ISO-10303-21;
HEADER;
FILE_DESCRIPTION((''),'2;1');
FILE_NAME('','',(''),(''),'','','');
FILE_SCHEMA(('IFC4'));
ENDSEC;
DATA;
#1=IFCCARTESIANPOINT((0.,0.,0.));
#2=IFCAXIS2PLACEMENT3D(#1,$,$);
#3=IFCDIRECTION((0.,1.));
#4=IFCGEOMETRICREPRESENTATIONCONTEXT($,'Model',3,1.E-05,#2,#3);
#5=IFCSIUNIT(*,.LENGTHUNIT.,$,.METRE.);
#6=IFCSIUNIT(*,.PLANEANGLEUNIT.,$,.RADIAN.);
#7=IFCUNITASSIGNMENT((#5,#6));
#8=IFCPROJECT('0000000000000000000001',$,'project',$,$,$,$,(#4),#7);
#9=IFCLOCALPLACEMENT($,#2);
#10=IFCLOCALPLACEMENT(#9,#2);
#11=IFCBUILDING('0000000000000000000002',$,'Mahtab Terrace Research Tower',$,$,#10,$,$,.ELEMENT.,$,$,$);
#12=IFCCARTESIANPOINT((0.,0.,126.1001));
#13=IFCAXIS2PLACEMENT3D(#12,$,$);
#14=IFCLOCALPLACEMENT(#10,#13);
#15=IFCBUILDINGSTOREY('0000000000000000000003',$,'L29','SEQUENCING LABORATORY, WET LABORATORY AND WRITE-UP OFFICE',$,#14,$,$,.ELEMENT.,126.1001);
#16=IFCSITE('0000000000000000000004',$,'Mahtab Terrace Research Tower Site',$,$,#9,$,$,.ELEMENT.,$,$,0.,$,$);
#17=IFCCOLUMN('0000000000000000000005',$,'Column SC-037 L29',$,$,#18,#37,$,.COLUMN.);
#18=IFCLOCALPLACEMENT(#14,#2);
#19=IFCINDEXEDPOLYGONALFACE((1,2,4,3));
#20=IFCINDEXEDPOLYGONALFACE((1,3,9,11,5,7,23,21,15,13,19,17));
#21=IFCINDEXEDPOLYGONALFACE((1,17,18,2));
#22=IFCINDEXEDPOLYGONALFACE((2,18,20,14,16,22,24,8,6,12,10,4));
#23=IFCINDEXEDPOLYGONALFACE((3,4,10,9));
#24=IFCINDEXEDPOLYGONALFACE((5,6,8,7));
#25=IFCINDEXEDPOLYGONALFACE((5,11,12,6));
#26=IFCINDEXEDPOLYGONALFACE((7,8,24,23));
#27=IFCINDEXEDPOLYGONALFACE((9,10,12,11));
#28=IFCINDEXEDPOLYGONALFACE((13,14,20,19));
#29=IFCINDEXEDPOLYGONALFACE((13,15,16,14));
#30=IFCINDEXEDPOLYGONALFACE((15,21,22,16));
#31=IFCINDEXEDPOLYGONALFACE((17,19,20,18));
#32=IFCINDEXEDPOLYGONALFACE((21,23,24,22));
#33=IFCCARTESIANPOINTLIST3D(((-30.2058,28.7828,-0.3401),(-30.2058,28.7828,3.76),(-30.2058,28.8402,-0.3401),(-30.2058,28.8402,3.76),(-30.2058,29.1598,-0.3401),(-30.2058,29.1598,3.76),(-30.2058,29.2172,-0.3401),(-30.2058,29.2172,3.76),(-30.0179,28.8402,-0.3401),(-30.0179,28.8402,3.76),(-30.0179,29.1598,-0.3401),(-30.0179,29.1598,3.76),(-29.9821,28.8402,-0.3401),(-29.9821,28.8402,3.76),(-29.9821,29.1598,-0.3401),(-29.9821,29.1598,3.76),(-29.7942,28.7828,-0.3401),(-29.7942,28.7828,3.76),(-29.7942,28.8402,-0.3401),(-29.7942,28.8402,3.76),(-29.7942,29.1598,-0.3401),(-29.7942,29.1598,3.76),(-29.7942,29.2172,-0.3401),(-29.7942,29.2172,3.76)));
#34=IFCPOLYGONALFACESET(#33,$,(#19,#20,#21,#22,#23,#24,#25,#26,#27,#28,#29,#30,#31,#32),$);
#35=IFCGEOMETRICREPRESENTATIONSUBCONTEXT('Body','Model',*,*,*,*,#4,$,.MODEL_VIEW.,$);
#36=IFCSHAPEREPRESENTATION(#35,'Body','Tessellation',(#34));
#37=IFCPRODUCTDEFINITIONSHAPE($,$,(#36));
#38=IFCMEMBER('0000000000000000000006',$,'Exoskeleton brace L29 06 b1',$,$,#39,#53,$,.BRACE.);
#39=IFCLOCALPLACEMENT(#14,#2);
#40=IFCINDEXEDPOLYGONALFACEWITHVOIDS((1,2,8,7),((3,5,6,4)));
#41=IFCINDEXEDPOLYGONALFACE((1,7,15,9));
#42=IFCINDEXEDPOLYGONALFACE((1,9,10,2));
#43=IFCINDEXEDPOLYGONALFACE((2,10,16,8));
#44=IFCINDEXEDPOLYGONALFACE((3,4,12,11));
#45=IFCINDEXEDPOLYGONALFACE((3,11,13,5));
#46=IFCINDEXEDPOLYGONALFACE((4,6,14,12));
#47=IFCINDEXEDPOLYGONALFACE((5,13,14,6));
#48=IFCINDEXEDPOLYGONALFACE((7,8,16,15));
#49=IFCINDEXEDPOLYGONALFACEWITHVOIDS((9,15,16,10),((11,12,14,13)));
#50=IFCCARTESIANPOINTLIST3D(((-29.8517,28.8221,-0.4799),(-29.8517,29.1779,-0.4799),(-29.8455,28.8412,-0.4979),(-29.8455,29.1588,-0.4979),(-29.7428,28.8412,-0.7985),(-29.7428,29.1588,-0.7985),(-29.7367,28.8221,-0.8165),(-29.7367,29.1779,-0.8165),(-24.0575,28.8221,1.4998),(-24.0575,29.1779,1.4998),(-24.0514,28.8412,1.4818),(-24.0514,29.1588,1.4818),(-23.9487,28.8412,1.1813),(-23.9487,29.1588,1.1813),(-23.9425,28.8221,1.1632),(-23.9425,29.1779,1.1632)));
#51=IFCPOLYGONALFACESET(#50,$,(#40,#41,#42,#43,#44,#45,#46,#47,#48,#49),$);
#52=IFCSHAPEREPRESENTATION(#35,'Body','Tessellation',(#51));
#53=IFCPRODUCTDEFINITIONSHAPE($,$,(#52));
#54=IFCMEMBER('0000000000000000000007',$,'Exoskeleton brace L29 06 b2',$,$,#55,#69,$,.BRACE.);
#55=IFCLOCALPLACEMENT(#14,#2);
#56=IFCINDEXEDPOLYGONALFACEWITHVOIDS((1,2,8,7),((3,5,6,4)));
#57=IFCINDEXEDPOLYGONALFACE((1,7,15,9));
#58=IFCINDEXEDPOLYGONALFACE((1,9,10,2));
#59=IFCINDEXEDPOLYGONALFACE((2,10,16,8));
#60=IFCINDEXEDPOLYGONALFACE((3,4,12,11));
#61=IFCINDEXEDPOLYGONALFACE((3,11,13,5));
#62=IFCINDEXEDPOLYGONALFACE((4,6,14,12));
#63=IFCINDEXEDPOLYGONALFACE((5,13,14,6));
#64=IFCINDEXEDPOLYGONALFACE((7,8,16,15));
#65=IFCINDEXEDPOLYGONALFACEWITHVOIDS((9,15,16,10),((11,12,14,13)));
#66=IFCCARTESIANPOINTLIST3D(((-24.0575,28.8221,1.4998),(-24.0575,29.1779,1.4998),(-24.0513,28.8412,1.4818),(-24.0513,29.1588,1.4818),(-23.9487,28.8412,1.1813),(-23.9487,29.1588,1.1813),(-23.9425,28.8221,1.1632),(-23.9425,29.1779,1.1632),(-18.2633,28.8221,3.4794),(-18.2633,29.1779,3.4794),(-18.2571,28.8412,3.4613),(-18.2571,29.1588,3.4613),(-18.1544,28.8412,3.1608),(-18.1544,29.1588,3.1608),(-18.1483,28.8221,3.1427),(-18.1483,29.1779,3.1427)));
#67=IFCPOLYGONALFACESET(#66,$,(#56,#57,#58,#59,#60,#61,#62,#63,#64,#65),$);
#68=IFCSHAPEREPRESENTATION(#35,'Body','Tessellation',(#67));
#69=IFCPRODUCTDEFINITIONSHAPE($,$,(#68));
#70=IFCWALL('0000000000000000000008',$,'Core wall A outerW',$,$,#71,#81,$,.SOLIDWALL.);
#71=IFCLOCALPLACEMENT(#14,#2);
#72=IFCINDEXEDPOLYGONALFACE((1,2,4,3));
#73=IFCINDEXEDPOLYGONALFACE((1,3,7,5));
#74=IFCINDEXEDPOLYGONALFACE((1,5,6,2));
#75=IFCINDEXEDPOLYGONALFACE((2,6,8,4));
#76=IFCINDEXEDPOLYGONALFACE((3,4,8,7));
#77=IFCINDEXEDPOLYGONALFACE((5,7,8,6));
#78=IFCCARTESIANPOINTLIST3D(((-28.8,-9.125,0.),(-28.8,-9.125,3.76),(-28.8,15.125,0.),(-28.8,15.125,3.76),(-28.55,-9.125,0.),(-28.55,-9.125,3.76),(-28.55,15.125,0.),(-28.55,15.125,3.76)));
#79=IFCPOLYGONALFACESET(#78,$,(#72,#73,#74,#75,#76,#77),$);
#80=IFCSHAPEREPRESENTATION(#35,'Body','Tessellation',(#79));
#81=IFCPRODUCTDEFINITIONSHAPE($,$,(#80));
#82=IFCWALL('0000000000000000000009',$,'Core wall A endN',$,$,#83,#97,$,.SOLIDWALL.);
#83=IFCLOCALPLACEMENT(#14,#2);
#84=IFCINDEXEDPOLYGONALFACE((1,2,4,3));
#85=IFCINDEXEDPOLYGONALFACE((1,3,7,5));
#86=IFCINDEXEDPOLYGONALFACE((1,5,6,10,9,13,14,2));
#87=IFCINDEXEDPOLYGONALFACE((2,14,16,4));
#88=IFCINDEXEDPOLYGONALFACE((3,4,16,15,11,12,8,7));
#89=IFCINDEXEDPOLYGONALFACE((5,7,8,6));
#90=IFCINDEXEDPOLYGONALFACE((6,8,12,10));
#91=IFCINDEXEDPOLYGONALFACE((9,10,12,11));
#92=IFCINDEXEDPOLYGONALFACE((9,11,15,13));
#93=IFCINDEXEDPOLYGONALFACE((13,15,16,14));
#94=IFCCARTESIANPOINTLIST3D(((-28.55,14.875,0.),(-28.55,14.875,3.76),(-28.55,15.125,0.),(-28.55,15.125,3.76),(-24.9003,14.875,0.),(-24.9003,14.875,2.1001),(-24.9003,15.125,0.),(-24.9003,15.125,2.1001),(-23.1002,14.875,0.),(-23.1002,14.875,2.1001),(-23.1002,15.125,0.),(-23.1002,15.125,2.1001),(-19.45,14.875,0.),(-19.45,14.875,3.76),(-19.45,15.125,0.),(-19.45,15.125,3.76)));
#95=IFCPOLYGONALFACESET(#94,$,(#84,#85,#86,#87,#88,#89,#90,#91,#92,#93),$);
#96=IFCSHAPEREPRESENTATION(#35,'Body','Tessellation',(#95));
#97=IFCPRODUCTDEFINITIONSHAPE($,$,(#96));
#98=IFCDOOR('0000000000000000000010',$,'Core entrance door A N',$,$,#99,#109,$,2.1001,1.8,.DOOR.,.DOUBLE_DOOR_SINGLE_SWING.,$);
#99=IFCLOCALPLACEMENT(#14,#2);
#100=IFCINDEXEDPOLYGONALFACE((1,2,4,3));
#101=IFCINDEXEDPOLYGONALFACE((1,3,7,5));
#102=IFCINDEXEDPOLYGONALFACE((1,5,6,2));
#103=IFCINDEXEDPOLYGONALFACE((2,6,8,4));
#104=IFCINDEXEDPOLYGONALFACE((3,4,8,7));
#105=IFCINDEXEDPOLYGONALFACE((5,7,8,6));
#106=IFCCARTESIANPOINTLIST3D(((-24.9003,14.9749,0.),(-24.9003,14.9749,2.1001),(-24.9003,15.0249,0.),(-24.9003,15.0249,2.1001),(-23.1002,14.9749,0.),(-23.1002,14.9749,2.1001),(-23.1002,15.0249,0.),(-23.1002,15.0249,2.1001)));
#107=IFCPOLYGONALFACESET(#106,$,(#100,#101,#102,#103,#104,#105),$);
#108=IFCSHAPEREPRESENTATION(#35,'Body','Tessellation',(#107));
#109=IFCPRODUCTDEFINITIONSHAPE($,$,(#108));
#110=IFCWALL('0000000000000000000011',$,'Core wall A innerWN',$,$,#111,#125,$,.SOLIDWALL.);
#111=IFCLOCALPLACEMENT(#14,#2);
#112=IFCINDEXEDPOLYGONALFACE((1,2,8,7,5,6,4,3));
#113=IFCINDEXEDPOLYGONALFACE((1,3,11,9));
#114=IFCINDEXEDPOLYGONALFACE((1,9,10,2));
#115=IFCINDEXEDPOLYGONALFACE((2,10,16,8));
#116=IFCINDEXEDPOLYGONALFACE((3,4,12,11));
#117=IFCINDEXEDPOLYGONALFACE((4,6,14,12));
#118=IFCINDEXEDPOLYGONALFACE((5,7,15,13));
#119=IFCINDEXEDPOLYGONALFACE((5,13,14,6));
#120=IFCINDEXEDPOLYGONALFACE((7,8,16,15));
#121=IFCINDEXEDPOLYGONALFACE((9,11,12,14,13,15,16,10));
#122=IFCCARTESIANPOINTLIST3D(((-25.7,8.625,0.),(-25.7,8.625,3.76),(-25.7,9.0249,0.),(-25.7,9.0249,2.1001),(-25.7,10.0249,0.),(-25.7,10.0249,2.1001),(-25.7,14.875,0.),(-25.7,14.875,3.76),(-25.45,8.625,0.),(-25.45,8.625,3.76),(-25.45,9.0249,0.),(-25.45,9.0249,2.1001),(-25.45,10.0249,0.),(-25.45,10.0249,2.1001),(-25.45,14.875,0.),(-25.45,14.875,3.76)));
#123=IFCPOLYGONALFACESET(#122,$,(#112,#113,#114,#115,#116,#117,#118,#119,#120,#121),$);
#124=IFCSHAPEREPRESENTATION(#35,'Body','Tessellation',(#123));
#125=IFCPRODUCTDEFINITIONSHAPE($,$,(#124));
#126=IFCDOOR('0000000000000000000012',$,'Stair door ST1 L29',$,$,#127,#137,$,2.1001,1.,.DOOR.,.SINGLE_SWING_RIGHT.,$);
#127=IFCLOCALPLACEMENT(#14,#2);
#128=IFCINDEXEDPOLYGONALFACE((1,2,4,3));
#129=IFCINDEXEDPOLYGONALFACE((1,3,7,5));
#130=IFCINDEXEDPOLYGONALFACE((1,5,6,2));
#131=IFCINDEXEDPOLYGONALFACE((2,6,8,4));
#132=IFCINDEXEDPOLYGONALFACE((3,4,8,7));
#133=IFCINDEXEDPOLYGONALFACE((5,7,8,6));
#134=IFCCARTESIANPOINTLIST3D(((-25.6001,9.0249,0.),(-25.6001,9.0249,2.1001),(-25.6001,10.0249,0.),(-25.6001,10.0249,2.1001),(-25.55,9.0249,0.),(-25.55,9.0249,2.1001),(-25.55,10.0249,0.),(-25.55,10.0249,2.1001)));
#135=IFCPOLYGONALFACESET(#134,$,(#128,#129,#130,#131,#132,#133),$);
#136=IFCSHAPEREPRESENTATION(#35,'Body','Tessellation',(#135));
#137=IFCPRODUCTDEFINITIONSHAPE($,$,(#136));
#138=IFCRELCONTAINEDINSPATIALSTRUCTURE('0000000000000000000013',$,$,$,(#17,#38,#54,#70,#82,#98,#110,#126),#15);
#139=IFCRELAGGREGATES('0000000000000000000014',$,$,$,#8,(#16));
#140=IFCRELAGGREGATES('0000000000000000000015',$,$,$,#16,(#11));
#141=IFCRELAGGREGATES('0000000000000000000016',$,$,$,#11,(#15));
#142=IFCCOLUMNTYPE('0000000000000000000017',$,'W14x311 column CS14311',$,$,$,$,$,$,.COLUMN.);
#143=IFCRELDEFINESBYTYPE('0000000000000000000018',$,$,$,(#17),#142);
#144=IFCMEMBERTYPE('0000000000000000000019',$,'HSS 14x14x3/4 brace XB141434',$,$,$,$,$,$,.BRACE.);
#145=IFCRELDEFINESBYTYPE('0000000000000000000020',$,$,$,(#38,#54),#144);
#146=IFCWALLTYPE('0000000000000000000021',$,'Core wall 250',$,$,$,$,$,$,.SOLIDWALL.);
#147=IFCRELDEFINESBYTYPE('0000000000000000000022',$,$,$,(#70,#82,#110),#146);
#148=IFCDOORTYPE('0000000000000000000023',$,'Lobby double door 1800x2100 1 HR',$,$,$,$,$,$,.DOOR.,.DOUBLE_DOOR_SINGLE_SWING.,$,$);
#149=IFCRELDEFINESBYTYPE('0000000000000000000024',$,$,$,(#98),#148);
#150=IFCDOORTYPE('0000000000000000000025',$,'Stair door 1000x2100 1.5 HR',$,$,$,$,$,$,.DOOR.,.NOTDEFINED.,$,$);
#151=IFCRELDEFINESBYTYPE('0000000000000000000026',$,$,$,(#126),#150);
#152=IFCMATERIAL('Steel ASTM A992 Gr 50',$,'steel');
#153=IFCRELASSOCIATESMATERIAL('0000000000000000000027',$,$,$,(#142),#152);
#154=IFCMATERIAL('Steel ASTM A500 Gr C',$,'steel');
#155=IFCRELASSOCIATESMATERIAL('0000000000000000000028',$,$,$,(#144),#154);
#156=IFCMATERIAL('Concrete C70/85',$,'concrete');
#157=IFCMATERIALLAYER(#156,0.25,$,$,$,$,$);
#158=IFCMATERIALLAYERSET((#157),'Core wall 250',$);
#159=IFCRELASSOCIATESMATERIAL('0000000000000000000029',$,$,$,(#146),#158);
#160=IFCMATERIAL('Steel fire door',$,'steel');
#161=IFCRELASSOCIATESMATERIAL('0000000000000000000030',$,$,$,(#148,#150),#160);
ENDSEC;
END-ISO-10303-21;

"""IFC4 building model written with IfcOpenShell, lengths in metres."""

from ifc_helpers import new_model, si_unit, direction, frame, frame_2d, origin, origin_2d, place, context, subcontext, project, spatial, rectangle, hollow_rectangle, i_section, extrude, material, layer, layer_set, material_profile, profile_set, type_object, element, fill, save


model = new_model("IFC4")

# Units and contexts
model_context = context("Model", 3, precision=1e-05, world=origin(), true_north=direction((0.0, 1.0)))
body_context = subcontext(model_context, "Body", "Model", "MODEL_VIEW")
ifc_project = project(units=[si_unit("LENGTHUNIT", "METRE"), si_unit("PLANEANGLEUNIT", "RADIAN")], contexts=[model_context])

# Site, building, storey
site_placement = place(None, origin())
site = spatial("IfcSite", under=ifc_project, at=site_placement, Name="Mahtab Terrace Research Tower Site", CompositionType="ELEMENT", RefElevation=0.0)
building_placement = place(site_placement, origin())
building = spatial("IfcBuilding", under=site, at=building_placement, Name="Mahtab Terrace Research Tower", CompositionType="ELEMENT")
storey_placement = place(building_placement, frame((0.0, 0.0, 126.1001)))
storey = spatial("IfcBuildingStorey", under=building, at=storey_placement, Name="L29", Description="SEQUENCING LABORATORY, WET LABORATORY AND WRITE-UP OFFICE", CompositionType="ELEMENT", Elevation=126.1001)

# Column
ifc_material_1 = material(Name="Steel ASTM A992 Gr 50", Category="steel")
ifc_material_profile_1 = material_profile(ifc_material_1, i_section(OverallWidth=0.4116, OverallDepth=0.4343, WebThickness=0.0359, FlangeThickness=0.0574, at=origin_2d()), Name="W14X311")
ifc_profile_set_1 = profile_set([ifc_material_profile_1], Name="Steel ASTM A992 Gr 50")
column_type = type_object("IfcColumnType", Name="W14x311 column CS14311", PredefinedType="COLUMN", material=ifc_profile_set_1)
column_placement = place(storey_placement, frame((-30.0, 29.0, -0.3401), z_axis=(0.0, 0.0, 1.0), x_axis=(1.0, 0.0, 0.0)))
element("IfcColumn", 1, at=column_placement, inside=storey, type_object=column_type, Name="Column SC-037 L29", PredefinedType="COLUMN", context=body_context, shape_type="SweptSolid", body=[
    extrude(i_section(OverallWidth=0.4116, OverallDepth=0.4343, WebThickness=0.0359, FlangeThickness=0.0574, at=origin_2d()), origin(), (0.0, 0.0, 1.0), 4.1001),
])

# Members
ifc_material_2 = material(Name="Steel ASTM A500 Gr C", Category="steel")
ifc_material_profile_2 = material_profile(ifc_material_2, hollow_rectangle(XDim=0.3557, YDim=0.3557, WallThickness=0.019, at=origin_2d()), Name="HSS14X14X3/4")
ifc_profile_set_2 = profile_set([ifc_material_profile_2], Name="Steel ASTM A500 Gr C")
member_type = type_object("IfcMemberType", Name="HSS 14x14x3/4 brace XB141434", PredefinedType="BRACE", material=ifc_profile_set_2)
for number, where, z_axis, x_axis, name in (
    (2, (-29.7942, 29.0, -0.6482), (0.946288, 0.0, 0.323324), (0.0, 1.0, 0.0), "Exoskeleton brace L29 06 b1"),
    (3, (-24.0, 29.0, 1.3315), (0.9463, 0.0, 0.323288), (0.0, 1.0, 0.0), "Exoskeleton brace L29 06 b2"),
):
    element("IfcMember", number, at=place(storey_placement, frame(where, z_axis=z_axis, x_axis=x_axis)), inside=storey, type_object=member_type, Name=name, PredefinedType="BRACE", context=body_context, shape_type="SweptSolid", body=[
        extrude(hollow_rectangle(XDim=0.3557, YDim=0.3557, WallThickness=0.019, at=origin_2d()), origin(), (0.0, 0.0, 1.0), 6.123),
    ])

# Wall
ifc_material_3 = material(Name="Concrete C70/85", Category="concrete")
ifc_layer_1 = layer(ifc_material_3, 0.25)
ifc_layer_set_1 = layer_set([ifc_layer_1], Name="Core wall 250")
wall_type_1 = type_object("IfcWallType", Name="Core wall 250", PredefinedType="SOLIDWALL", material=ifc_layer_set_1)
wall_1_placement = place(storey_placement, frame((-28.675, 15.125, 0.0), z_axis=(0.0, 0.0, 1.0), x_axis=(0.0, -1.0, 0.0)))
element("IfcWall", 4, at=wall_1_placement, inside=storey, type_object=wall_type_1, Name="Core wall A outerW", PredefinedType="SOLIDWALL", context=body_context, shape_type="SweptSolid", body=[
    extrude(rectangle(XDim=24.25, YDim=0.25, at=frame_2d((12.125, 0.0))), origin(), (0.0, 0.0, 1.0), 3.76),
])

# Walls, openings, doors
wall_2_placement = place(storey_placement, frame((-28.55, 15.0, 0.0), z_axis=(0.0, 0.0, 1.0), x_axis=(1.0, 0.0, 0.0)))
wall_2 = element("IfcWall", 5, at=wall_2_placement, inside=storey, type_object=wall_type_1, Name="Core wall A endN", PredefinedType="SOLIDWALL", context=body_context, shape_type="SweptSolid", body=[
    extrude(rectangle(XDim=9.1001, YDim=0.25, at=frame_2d((4.55, 0.0))), origin(), (0.0, 0.0, 1.0), 3.76),
])
opening_1_placement = place(wall_2_placement, frame((3.6499, 0.0, 0.0)))
opening_1 = element("IfcOpeningElement", 6, at=opening_1_placement, cuts=wall_2, PredefinedType="OPENING", context=body_context, shape_type="SweptSolid", body=[
    extrude(rectangle(XDim=1.8, YDim=2.1001, at=frame_2d((0.8999, 1.05))), frame((0.0, 0.135, 0.0), z_axis=(0.0, -1.0, 0.0), x_axis=(1.0, 0.0, 0.0)), (0.0, 0.0, 1.0), 0.27),
])
ifc_material_4 = material(Name="Steel fire door", Category="steel")
door_type_1 = type_object("IfcDoorType", Name="Lobby double door 1800x2100 1 HR", OperationType="DOUBLE_DOOR_SINGLE_SWING", PredefinedType="DOOR", material=ifc_material_4)
door_1_placement = place(opening_1_placement, origin())
door_1 = element("IfcDoor", 7, at=door_1_placement, inside=storey, type_object=door_type_1, Name="Core entrance door A N", OperationType="DOUBLE_DOOR_SINGLE_SWING", OverallHeight=2.1001, OverallWidth=1.8, PredefinedType="DOOR", context=body_context, shape_type="SweptSolid", body=[
    extrude(rectangle(XDim=1.8, YDim=2.1001, at=frame_2d((0.8999, 1.05))), frame((0.0, 0.0249, 0.0), z_axis=(0.0, -1.0, 0.0), x_axis=(1.0, 0.0, 0.0)), (0.0, 0.0, 1.0), 0.05),
])
fill(opening_1, door_1)
wall_3_placement = place(storey_placement, frame((-25.575, 14.875, 0.0), z_axis=(0.0, 0.0, 1.0), x_axis=(0.0, -1.0, 0.0)))
wall_3 = element("IfcWall", 8, at=wall_3_placement, inside=storey, type_object=wall_type_1, Name="Core wall A innerWN", PredefinedType="SOLIDWALL", context=body_context, shape_type="SweptSolid", body=[
    extrude(rectangle(XDim=6.25, YDim=0.25, at=frame_2d((3.125, 0.0))), origin(), (0.0, 0.0, 1.0), 3.76),
])
opening_2_placement = place(wall_3_placement, frame((4.8501, 0.0, 0.0)))
opening_2 = element("IfcOpeningElement", 9, at=opening_2_placement, cuts=wall_3, PredefinedType="OPENING", context=body_context, shape_type="SweptSolid", body=[
    extrude(rectangle(XDim=1.0, YDim=2.1001, at=frame_2d((0.5, 1.05))), frame((0.0, 0.135, 0.0), z_axis=(0.0, -1.0, 0.0), x_axis=(1.0, 0.0, 0.0)), (0.0, 0.0, 1.0), 0.27),
])
door_type_2 = type_object("IfcDoorType", Name="Stair door 1000x2100 1.5 HR", OperationType="NOTDEFINED", PredefinedType="DOOR", material=ifc_material_4)
door_2_placement = place(opening_2_placement, origin())
door_2 = element("IfcDoor", 10, at=door_2_placement, inside=storey, type_object=door_type_2, Name="Stair door ST1 L29", OperationType="SINGLE_SWING_RIGHT", OverallHeight=2.1001, OverallWidth=1.0, PredefinedType="DOOR", context=body_context, shape_type="SweptSolid", body=[
    extrude(rectangle(XDim=1.0, YDim=2.1001, at=frame_2d((0.5, 1.05))), frame((0.0, 0.0249, 0.0), z_axis=(0.0, -1.0, 0.0), x_axis=(1.0, 0.0, 0.0)), (0.0, 0.0, 1.0), 0.05),
])
fill(opening_2, door_2)

save(model, "model.ifc")
